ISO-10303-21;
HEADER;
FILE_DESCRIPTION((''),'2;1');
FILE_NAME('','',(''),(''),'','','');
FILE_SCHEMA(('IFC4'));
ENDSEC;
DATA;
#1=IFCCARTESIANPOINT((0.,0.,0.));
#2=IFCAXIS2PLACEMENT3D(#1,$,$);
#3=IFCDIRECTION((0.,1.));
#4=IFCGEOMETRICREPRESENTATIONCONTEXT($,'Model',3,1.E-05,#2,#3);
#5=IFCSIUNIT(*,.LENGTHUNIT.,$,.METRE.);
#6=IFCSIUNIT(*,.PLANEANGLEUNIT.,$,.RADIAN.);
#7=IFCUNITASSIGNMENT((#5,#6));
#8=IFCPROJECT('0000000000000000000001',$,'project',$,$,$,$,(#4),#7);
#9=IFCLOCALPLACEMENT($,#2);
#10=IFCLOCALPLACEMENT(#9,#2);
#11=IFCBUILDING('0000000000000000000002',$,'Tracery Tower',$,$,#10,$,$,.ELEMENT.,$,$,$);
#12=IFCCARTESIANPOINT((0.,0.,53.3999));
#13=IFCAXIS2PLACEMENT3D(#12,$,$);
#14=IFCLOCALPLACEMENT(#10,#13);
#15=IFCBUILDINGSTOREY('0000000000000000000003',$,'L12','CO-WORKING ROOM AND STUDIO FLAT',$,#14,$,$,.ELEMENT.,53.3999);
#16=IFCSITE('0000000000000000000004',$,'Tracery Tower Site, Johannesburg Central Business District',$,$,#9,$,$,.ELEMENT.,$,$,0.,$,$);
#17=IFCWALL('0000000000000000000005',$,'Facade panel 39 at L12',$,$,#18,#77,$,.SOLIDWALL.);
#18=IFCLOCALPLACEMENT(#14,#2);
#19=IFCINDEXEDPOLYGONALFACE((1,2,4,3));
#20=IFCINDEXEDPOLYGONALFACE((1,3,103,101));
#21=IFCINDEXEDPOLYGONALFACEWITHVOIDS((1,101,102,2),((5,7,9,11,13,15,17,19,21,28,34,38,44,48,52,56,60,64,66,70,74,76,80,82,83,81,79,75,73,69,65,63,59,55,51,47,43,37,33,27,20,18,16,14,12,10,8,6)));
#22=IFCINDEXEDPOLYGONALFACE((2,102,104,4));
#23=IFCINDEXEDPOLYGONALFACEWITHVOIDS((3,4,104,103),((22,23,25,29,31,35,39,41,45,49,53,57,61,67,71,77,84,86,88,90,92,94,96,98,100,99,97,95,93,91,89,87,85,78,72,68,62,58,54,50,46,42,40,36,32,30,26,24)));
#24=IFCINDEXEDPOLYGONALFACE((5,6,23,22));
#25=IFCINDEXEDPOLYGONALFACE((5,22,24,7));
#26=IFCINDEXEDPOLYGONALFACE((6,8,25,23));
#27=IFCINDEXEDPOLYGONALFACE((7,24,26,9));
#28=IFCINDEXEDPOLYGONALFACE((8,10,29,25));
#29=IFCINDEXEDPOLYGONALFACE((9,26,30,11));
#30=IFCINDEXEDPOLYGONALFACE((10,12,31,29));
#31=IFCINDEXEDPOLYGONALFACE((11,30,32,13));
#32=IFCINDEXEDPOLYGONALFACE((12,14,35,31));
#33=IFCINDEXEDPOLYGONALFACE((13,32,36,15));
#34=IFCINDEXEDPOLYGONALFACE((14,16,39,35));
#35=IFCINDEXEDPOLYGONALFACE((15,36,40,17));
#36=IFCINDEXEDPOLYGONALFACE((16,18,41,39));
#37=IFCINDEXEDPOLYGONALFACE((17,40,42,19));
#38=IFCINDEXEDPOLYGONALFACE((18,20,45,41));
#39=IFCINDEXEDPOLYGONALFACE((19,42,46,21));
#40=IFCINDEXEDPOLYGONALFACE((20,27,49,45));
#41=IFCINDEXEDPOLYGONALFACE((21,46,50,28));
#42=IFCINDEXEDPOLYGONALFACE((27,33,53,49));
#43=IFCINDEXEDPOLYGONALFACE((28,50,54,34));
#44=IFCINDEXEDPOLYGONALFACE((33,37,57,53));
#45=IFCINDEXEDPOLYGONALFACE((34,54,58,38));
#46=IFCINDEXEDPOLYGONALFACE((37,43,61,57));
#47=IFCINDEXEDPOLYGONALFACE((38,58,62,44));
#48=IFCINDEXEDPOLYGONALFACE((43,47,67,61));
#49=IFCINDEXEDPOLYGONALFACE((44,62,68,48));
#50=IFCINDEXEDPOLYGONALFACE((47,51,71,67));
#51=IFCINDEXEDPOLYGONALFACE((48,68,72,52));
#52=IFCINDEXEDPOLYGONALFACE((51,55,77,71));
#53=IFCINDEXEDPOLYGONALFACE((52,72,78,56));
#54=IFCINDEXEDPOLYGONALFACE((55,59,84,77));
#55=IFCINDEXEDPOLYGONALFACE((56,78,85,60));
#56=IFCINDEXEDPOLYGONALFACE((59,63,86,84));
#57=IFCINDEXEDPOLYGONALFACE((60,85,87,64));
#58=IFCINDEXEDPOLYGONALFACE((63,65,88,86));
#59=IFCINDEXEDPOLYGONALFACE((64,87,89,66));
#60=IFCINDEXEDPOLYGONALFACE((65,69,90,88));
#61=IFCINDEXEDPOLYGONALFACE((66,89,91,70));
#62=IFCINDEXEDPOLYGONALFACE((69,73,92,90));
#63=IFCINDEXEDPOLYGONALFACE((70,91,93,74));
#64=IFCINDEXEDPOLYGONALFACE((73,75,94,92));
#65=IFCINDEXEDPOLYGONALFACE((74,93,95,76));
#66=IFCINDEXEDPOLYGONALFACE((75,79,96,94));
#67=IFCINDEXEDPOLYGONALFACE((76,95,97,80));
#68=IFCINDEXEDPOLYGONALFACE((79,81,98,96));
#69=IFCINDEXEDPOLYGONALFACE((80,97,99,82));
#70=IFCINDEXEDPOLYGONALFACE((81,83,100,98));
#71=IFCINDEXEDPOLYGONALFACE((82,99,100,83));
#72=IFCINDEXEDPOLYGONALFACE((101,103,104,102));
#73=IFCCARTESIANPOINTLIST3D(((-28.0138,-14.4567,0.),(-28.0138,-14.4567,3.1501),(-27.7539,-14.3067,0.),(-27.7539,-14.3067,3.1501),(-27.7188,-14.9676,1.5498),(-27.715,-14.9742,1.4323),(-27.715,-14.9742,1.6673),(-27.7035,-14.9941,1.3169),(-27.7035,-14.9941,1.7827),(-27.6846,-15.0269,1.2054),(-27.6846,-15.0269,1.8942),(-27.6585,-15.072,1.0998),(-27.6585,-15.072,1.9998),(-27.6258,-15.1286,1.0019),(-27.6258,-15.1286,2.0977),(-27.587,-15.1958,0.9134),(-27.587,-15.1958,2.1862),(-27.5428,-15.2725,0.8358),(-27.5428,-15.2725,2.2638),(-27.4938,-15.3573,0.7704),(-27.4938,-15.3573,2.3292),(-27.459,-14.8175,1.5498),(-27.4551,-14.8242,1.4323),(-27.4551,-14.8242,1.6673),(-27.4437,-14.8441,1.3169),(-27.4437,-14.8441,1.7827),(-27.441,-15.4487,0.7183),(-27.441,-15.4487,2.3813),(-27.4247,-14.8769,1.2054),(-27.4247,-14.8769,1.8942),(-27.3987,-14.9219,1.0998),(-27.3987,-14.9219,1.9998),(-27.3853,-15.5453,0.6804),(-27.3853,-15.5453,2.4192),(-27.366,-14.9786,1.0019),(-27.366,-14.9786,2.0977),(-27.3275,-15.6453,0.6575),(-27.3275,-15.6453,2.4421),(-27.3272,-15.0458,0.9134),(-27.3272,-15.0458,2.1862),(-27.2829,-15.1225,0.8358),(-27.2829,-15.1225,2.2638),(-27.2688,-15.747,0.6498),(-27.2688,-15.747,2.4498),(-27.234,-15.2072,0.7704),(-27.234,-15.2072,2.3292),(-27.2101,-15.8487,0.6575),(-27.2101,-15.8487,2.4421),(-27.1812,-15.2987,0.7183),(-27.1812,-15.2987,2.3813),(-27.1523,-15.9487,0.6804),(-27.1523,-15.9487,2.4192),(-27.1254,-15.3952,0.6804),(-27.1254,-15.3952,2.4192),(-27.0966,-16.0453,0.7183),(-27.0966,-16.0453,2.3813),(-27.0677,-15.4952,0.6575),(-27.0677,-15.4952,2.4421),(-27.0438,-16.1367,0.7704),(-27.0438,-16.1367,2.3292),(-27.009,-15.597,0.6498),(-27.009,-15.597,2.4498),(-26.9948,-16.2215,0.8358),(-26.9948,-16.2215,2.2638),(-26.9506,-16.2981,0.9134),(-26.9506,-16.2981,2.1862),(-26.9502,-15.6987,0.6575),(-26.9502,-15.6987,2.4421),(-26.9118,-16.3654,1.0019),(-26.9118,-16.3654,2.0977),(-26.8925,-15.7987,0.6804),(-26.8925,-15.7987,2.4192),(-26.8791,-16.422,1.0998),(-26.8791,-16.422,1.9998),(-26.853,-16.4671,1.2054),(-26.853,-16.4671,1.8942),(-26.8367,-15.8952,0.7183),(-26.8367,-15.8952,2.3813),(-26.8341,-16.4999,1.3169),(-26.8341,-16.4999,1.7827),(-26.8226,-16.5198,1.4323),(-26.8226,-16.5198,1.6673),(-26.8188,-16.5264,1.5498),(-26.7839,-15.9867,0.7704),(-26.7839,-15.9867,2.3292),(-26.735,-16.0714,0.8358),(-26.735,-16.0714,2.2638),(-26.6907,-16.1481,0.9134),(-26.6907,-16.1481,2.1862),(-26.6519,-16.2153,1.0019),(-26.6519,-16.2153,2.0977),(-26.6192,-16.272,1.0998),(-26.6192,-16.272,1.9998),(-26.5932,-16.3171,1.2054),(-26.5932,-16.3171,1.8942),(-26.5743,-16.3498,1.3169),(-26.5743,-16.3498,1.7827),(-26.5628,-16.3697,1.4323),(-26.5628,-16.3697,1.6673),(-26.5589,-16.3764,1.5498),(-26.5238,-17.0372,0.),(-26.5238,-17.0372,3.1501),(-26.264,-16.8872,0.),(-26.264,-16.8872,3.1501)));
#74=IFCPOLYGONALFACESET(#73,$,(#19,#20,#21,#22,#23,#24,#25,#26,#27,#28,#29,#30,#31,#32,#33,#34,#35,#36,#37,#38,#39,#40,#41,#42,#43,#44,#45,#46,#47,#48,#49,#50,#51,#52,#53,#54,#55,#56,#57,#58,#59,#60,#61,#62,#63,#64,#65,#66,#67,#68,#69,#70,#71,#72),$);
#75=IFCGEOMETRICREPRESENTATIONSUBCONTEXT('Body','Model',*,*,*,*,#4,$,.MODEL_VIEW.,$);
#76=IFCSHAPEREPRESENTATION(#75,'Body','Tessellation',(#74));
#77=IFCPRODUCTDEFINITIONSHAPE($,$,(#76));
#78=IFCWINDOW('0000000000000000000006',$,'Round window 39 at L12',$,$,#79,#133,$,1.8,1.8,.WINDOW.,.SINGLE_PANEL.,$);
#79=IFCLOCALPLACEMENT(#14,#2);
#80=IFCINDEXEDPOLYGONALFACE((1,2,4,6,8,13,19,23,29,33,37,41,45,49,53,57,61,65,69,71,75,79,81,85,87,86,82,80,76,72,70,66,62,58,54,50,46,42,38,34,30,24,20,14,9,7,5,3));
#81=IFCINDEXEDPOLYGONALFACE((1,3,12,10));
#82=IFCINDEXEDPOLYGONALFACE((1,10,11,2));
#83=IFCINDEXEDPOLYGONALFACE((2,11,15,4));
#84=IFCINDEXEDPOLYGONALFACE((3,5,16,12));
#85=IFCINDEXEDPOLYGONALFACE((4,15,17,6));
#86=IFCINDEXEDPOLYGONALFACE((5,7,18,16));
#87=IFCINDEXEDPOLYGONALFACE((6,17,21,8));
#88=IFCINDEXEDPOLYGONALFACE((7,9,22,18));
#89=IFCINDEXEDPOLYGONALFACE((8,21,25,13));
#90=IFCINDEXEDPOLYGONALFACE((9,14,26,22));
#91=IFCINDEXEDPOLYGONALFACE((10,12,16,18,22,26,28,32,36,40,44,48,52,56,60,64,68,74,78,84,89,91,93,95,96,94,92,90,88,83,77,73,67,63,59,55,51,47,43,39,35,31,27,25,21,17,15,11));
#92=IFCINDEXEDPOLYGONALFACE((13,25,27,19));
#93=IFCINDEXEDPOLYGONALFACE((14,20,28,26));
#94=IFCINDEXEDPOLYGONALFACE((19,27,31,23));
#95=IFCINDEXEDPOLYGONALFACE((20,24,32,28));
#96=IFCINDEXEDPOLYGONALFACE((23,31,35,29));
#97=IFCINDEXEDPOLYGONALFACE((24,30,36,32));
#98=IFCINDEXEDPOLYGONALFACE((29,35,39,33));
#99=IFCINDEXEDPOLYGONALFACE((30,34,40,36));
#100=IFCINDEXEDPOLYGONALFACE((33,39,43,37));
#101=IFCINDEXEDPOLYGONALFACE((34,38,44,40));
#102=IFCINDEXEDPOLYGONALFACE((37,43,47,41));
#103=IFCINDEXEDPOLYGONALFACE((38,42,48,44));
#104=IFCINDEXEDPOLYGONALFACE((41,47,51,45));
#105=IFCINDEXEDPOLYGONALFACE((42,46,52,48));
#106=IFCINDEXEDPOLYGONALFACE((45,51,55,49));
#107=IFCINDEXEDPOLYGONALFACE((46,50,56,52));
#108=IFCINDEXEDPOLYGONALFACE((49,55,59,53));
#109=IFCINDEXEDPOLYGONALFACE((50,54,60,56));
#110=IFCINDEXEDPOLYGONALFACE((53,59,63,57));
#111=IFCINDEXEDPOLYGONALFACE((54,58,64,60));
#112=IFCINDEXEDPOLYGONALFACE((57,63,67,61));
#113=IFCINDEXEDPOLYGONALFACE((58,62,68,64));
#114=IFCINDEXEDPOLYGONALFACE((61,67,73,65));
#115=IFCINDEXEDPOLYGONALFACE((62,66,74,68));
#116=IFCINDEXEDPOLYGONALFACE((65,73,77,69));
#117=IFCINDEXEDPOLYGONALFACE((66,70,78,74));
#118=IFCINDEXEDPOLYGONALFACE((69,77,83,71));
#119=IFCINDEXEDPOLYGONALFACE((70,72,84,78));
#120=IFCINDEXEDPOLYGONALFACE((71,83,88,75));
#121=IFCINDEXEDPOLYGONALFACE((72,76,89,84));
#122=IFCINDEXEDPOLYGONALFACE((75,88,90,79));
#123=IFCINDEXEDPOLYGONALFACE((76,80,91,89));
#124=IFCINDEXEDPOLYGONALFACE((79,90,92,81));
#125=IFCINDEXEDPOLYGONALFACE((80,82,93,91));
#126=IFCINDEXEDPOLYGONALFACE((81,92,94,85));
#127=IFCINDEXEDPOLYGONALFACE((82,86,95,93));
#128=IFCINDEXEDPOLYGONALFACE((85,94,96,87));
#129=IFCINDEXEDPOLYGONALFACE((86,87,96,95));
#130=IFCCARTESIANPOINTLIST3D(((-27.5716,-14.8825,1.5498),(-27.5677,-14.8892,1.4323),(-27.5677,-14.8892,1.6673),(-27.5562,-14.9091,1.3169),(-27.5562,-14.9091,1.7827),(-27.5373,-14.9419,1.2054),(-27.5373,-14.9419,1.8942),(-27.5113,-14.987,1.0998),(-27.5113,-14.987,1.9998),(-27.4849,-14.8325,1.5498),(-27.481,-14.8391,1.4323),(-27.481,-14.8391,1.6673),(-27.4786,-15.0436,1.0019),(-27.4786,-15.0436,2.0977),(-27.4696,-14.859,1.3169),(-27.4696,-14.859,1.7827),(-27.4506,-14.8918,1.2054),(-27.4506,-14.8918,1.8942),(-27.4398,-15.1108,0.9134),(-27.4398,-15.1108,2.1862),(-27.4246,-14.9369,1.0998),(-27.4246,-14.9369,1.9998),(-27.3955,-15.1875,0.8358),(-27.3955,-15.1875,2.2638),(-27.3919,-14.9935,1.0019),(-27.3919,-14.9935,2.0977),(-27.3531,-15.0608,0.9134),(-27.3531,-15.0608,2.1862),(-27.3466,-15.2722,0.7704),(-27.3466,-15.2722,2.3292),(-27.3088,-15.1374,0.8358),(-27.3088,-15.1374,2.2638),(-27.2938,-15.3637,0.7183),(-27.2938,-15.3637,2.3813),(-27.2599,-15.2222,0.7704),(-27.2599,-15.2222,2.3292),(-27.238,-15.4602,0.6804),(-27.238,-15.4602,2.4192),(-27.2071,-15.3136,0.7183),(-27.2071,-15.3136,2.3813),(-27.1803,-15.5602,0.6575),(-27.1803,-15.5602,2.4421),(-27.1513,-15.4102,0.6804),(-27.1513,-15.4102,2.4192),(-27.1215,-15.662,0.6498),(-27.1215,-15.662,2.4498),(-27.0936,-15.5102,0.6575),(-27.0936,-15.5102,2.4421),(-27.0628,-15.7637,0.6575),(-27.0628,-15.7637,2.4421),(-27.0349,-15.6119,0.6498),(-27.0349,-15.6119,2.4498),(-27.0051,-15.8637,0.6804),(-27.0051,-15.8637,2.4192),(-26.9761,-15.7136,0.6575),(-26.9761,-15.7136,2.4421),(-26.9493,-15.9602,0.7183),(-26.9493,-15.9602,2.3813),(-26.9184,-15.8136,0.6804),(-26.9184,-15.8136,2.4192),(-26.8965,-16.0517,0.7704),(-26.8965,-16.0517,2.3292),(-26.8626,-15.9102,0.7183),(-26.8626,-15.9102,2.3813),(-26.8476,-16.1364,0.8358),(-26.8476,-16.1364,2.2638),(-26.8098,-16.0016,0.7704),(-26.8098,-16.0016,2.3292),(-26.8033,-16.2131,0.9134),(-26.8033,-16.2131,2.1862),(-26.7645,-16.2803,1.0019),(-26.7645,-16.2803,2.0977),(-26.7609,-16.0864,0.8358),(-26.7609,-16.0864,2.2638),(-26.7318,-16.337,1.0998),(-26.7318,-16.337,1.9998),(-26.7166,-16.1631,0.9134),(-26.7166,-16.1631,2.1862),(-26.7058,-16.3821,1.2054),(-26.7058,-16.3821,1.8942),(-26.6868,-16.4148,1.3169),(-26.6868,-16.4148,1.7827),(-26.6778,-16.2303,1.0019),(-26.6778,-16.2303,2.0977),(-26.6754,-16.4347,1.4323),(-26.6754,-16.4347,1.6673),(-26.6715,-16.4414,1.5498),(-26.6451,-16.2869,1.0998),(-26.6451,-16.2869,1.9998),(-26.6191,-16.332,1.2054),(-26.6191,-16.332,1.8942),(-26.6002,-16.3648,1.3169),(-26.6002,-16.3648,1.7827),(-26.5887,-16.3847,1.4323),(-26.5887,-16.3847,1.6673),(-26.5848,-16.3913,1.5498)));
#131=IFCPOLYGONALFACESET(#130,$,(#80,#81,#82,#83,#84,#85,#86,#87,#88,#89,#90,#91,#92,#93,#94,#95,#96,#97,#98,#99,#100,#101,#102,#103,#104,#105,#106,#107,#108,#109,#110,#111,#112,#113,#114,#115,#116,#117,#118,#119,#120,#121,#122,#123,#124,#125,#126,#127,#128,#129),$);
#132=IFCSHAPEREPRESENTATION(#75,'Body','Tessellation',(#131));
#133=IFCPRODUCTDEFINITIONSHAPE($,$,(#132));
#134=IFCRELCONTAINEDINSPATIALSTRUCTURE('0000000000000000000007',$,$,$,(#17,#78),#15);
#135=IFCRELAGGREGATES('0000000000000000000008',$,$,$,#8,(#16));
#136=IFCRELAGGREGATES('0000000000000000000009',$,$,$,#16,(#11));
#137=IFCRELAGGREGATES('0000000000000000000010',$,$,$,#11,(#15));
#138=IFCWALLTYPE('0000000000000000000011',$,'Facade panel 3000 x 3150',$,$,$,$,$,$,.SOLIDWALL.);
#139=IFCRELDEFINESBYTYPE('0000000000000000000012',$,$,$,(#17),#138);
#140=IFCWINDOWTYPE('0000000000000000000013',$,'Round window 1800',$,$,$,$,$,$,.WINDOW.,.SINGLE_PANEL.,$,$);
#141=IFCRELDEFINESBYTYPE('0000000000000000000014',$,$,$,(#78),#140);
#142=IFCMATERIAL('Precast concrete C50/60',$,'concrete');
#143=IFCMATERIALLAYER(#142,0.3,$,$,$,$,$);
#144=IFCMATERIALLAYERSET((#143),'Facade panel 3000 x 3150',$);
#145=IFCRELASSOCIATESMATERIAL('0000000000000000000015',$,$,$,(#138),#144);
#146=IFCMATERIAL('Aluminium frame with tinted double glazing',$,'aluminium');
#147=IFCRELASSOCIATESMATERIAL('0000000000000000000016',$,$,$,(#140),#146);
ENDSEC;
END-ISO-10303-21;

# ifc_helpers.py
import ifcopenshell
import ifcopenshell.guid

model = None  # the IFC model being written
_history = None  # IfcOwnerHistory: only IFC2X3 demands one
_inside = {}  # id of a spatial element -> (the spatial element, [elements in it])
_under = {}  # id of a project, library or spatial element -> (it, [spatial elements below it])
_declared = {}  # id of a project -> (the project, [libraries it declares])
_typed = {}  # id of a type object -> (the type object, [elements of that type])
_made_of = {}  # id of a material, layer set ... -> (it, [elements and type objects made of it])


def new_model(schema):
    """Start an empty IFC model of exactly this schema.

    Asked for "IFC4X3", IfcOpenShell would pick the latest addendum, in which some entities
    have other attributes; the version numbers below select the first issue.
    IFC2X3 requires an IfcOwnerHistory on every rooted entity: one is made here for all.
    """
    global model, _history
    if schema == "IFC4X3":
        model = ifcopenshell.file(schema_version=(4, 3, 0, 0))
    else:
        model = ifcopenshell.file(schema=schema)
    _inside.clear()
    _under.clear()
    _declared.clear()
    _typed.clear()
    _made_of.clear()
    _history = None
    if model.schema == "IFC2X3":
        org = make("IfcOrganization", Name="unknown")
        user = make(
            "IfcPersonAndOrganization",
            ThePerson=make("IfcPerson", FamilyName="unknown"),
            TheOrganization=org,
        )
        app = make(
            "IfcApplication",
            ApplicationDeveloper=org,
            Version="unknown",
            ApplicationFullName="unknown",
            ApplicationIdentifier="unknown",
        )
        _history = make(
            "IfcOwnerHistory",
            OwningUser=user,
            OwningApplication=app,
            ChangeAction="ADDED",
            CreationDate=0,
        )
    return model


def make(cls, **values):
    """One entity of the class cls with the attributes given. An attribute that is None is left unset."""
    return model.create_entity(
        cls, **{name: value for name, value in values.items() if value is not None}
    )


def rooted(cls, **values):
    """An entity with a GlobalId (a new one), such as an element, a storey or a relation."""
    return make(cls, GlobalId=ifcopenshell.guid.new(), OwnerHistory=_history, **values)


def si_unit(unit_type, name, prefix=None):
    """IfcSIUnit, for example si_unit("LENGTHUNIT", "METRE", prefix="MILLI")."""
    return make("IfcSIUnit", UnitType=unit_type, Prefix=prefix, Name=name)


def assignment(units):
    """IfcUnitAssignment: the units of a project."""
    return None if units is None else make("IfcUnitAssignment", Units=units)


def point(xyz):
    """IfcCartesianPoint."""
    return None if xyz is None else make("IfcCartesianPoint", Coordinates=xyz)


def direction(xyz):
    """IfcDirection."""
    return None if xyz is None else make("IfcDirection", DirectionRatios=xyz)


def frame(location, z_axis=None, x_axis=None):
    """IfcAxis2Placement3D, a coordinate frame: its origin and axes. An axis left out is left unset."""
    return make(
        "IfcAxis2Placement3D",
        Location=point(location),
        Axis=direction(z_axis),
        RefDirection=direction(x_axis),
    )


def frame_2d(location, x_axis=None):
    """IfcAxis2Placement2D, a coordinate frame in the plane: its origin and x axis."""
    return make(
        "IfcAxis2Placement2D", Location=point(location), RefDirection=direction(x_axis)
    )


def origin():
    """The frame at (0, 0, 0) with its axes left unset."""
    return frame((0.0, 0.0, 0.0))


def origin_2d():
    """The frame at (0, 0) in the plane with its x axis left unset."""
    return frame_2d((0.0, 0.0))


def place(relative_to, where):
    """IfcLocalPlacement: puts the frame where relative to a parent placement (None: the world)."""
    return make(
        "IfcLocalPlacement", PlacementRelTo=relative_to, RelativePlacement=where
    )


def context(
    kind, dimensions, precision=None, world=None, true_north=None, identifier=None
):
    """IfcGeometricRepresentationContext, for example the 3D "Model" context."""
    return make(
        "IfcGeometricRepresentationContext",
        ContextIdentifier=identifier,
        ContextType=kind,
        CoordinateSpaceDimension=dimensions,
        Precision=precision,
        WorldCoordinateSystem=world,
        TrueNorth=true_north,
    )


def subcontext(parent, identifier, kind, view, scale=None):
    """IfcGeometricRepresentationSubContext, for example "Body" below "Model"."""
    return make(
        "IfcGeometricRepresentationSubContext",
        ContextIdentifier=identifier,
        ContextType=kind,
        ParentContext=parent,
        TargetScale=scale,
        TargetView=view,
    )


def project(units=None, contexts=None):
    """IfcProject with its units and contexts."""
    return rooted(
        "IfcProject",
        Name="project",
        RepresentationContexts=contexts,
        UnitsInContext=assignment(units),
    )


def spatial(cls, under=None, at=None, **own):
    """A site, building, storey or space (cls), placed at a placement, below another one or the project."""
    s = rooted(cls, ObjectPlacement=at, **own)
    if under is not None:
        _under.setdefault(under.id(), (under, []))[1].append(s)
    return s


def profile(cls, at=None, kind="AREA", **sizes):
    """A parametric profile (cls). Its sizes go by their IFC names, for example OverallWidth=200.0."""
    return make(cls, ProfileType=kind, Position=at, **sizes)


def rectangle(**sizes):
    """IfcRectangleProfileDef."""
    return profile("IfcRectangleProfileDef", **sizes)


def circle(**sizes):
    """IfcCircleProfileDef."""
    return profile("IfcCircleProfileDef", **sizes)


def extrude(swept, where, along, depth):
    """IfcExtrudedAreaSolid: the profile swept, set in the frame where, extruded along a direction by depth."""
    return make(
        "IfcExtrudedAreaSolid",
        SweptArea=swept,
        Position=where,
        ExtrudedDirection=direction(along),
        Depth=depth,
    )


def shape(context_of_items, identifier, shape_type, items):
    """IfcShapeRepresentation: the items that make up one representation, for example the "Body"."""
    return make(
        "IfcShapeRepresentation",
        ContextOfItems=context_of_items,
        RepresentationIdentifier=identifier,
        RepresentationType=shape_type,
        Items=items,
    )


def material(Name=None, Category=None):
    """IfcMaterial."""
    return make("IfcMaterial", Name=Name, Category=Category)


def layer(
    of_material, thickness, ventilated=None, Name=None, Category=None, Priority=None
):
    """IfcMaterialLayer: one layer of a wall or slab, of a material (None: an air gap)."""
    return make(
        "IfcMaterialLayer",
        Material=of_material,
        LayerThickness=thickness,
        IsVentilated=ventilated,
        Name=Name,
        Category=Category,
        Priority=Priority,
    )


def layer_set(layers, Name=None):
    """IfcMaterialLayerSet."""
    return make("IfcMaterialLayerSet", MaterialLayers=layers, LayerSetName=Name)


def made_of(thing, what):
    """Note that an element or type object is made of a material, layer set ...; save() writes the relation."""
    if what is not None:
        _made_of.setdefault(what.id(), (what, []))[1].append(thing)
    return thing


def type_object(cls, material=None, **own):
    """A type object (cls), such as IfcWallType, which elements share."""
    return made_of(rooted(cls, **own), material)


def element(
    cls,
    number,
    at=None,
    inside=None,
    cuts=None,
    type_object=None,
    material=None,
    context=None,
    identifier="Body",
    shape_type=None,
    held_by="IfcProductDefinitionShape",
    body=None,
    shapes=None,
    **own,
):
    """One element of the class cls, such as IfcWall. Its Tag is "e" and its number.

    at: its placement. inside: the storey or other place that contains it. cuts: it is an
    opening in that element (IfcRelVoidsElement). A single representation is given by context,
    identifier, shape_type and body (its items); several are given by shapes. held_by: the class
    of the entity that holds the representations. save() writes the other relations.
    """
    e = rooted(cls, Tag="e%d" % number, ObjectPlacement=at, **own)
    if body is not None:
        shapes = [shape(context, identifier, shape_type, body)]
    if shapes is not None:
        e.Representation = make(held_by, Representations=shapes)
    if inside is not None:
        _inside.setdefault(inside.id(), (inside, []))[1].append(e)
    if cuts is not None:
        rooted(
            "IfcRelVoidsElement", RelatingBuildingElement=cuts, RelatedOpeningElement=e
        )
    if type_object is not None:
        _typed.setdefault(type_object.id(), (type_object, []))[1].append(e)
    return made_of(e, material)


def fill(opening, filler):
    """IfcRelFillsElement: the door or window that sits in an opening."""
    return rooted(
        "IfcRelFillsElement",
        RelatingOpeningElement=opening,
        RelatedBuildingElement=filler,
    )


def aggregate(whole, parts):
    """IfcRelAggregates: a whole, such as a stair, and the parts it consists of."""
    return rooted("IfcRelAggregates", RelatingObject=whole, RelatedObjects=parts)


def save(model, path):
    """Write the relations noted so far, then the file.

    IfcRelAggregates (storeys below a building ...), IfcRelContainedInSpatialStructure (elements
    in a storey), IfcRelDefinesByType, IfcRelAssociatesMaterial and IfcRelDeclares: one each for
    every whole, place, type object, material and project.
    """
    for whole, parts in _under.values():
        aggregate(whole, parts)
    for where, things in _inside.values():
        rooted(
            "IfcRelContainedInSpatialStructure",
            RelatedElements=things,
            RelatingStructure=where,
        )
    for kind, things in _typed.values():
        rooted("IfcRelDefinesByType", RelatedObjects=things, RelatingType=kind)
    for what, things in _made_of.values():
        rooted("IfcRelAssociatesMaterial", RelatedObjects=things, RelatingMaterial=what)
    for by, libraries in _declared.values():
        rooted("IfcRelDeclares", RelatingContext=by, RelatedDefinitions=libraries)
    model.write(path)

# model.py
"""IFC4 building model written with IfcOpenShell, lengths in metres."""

from ifc_helpers import new_model, si_unit, direction, frame, frame_2d, origin, origin_2d, place, context, subcontext, project, spatial, rectangle, circle, extrude, material, layer, layer_set, type_object, element, fill, save


model = new_model("IFC4")

# Units and contexts
model_context = context("Model", 3, precision=1e-05, world=origin(), true_north=direction((0.0, 1.0)))
body_context = subcontext(model_context, "Body", "Model", "MODEL_VIEW")
ifc_project = project(units=[si_unit("LENGTHUNIT", "METRE"), si_unit("PLANEANGLEUNIT", "RADIAN")], contexts=[model_context])

# Site, building, storey
site_placement = place(None, origin())
site = spatial("IfcSite", under=ifc_project, at=site_placement, Name="Tracery Tower Site, Johannesburg Central Business District", CompositionType="ELEMENT", RefElevation=0.0)
building_placement = place(site_placement, origin())
building = spatial("IfcBuilding", under=site, at=building_placement, Name="Tracery Tower", CompositionType="ELEMENT")
storey_placement = place(building_placement, frame((0.0, 0.0, 53.3999)))
storey = spatial("IfcBuildingStorey", under=building, at=storey_placement, Name="L12", Description="CO-WORKING ROOM AND STUDIO FLAT", CompositionType="ELEMENT", Elevation=53.3999)

# Wall, opening, window
ifc_material_1 = material(Name="Precast concrete C50/60", Category="concrete")
ifc_layer_1 = layer(ifc_material_1, 0.3)
ifc_layer_set_1 = layer_set([ifc_layer_1], Name="Facade panel 3000 x 3150")
wall_type_1 = type_object("IfcWallType", Name="Facade panel 3000 x 3150", PredefinedType="SOLIDWALL", material=ifc_layer_set_1)
wall_1_placement = place(storey_placement, frame((-27.8838, -14.3818, 0.0), z_axis=(0.0, 0.0, 1.0), x_axis=(0.500025, -0.866011, 0.0)))
wall_1 = element("IfcWall", 1, at=wall_1_placement, inside=storey, type_object=wall_type_1, Name="Facade panel 39 at L12", PredefinedType="SOLIDWALL", context=body_context, shape_type="SweptSolid", body=[
    extrude(rectangle(XDim=2.9797, YDim=0.3, at=frame_2d((1.4897, 0.0))), origin(), (0.0, 0.0, 1.0), 3.1501),
])
opening_1_placement = place(wall_1_placement, frame((1.4897, 0.0, 1.5498)))
opening_1 = element("IfcOpeningElement", 2, at=opening_1_placement, cuts=wall_1, PredefinedType="OPENING", context=body_context, shape_type="SweptSolid", body=[
    extrude(circle(Radius=0.9, at=origin_2d()), frame((0.0, 0.1599, 0.0), z_axis=(0.0, -1.0, 0.0), x_axis=(1.0, 0.0, 0.0)), (0.0, 0.0, 1.0), 0.3201),
])
ifc_material_2 = material(Name="Aluminium frame with tinted double glazing", Category="aluminium")
window_type = type_object("IfcWindowType", Name="Round window 1800", PartitioningType="SINGLE_PANEL", PredefinedType="WINDOW", material=ifc_material_2)
window_1_placement = place(opening_1_placement, origin())
window_1 = element("IfcWindow", 3, at=window_1_placement, inside=storey, type_object=window_type, Name="Round window 39 at L12", OverallHeight=1.8, OverallWidth=1.8, PartitioningType="SINGLE_PANEL", PredefinedType="WINDOW", context=body_context, shape_type="SweptSolid", body=[
    extrude(circle(Radius=0.9, at=origin_2d()), frame((0.0, 0.1201, 0.0), z_axis=(0.0, -1.0, 0.0), x_axis=(1.0, 0.0, 0.0)), (0.0, 0.0, 1.0), 0.1001),
])
fill(opening_1, window_1)

save(model, "model.ifc")
